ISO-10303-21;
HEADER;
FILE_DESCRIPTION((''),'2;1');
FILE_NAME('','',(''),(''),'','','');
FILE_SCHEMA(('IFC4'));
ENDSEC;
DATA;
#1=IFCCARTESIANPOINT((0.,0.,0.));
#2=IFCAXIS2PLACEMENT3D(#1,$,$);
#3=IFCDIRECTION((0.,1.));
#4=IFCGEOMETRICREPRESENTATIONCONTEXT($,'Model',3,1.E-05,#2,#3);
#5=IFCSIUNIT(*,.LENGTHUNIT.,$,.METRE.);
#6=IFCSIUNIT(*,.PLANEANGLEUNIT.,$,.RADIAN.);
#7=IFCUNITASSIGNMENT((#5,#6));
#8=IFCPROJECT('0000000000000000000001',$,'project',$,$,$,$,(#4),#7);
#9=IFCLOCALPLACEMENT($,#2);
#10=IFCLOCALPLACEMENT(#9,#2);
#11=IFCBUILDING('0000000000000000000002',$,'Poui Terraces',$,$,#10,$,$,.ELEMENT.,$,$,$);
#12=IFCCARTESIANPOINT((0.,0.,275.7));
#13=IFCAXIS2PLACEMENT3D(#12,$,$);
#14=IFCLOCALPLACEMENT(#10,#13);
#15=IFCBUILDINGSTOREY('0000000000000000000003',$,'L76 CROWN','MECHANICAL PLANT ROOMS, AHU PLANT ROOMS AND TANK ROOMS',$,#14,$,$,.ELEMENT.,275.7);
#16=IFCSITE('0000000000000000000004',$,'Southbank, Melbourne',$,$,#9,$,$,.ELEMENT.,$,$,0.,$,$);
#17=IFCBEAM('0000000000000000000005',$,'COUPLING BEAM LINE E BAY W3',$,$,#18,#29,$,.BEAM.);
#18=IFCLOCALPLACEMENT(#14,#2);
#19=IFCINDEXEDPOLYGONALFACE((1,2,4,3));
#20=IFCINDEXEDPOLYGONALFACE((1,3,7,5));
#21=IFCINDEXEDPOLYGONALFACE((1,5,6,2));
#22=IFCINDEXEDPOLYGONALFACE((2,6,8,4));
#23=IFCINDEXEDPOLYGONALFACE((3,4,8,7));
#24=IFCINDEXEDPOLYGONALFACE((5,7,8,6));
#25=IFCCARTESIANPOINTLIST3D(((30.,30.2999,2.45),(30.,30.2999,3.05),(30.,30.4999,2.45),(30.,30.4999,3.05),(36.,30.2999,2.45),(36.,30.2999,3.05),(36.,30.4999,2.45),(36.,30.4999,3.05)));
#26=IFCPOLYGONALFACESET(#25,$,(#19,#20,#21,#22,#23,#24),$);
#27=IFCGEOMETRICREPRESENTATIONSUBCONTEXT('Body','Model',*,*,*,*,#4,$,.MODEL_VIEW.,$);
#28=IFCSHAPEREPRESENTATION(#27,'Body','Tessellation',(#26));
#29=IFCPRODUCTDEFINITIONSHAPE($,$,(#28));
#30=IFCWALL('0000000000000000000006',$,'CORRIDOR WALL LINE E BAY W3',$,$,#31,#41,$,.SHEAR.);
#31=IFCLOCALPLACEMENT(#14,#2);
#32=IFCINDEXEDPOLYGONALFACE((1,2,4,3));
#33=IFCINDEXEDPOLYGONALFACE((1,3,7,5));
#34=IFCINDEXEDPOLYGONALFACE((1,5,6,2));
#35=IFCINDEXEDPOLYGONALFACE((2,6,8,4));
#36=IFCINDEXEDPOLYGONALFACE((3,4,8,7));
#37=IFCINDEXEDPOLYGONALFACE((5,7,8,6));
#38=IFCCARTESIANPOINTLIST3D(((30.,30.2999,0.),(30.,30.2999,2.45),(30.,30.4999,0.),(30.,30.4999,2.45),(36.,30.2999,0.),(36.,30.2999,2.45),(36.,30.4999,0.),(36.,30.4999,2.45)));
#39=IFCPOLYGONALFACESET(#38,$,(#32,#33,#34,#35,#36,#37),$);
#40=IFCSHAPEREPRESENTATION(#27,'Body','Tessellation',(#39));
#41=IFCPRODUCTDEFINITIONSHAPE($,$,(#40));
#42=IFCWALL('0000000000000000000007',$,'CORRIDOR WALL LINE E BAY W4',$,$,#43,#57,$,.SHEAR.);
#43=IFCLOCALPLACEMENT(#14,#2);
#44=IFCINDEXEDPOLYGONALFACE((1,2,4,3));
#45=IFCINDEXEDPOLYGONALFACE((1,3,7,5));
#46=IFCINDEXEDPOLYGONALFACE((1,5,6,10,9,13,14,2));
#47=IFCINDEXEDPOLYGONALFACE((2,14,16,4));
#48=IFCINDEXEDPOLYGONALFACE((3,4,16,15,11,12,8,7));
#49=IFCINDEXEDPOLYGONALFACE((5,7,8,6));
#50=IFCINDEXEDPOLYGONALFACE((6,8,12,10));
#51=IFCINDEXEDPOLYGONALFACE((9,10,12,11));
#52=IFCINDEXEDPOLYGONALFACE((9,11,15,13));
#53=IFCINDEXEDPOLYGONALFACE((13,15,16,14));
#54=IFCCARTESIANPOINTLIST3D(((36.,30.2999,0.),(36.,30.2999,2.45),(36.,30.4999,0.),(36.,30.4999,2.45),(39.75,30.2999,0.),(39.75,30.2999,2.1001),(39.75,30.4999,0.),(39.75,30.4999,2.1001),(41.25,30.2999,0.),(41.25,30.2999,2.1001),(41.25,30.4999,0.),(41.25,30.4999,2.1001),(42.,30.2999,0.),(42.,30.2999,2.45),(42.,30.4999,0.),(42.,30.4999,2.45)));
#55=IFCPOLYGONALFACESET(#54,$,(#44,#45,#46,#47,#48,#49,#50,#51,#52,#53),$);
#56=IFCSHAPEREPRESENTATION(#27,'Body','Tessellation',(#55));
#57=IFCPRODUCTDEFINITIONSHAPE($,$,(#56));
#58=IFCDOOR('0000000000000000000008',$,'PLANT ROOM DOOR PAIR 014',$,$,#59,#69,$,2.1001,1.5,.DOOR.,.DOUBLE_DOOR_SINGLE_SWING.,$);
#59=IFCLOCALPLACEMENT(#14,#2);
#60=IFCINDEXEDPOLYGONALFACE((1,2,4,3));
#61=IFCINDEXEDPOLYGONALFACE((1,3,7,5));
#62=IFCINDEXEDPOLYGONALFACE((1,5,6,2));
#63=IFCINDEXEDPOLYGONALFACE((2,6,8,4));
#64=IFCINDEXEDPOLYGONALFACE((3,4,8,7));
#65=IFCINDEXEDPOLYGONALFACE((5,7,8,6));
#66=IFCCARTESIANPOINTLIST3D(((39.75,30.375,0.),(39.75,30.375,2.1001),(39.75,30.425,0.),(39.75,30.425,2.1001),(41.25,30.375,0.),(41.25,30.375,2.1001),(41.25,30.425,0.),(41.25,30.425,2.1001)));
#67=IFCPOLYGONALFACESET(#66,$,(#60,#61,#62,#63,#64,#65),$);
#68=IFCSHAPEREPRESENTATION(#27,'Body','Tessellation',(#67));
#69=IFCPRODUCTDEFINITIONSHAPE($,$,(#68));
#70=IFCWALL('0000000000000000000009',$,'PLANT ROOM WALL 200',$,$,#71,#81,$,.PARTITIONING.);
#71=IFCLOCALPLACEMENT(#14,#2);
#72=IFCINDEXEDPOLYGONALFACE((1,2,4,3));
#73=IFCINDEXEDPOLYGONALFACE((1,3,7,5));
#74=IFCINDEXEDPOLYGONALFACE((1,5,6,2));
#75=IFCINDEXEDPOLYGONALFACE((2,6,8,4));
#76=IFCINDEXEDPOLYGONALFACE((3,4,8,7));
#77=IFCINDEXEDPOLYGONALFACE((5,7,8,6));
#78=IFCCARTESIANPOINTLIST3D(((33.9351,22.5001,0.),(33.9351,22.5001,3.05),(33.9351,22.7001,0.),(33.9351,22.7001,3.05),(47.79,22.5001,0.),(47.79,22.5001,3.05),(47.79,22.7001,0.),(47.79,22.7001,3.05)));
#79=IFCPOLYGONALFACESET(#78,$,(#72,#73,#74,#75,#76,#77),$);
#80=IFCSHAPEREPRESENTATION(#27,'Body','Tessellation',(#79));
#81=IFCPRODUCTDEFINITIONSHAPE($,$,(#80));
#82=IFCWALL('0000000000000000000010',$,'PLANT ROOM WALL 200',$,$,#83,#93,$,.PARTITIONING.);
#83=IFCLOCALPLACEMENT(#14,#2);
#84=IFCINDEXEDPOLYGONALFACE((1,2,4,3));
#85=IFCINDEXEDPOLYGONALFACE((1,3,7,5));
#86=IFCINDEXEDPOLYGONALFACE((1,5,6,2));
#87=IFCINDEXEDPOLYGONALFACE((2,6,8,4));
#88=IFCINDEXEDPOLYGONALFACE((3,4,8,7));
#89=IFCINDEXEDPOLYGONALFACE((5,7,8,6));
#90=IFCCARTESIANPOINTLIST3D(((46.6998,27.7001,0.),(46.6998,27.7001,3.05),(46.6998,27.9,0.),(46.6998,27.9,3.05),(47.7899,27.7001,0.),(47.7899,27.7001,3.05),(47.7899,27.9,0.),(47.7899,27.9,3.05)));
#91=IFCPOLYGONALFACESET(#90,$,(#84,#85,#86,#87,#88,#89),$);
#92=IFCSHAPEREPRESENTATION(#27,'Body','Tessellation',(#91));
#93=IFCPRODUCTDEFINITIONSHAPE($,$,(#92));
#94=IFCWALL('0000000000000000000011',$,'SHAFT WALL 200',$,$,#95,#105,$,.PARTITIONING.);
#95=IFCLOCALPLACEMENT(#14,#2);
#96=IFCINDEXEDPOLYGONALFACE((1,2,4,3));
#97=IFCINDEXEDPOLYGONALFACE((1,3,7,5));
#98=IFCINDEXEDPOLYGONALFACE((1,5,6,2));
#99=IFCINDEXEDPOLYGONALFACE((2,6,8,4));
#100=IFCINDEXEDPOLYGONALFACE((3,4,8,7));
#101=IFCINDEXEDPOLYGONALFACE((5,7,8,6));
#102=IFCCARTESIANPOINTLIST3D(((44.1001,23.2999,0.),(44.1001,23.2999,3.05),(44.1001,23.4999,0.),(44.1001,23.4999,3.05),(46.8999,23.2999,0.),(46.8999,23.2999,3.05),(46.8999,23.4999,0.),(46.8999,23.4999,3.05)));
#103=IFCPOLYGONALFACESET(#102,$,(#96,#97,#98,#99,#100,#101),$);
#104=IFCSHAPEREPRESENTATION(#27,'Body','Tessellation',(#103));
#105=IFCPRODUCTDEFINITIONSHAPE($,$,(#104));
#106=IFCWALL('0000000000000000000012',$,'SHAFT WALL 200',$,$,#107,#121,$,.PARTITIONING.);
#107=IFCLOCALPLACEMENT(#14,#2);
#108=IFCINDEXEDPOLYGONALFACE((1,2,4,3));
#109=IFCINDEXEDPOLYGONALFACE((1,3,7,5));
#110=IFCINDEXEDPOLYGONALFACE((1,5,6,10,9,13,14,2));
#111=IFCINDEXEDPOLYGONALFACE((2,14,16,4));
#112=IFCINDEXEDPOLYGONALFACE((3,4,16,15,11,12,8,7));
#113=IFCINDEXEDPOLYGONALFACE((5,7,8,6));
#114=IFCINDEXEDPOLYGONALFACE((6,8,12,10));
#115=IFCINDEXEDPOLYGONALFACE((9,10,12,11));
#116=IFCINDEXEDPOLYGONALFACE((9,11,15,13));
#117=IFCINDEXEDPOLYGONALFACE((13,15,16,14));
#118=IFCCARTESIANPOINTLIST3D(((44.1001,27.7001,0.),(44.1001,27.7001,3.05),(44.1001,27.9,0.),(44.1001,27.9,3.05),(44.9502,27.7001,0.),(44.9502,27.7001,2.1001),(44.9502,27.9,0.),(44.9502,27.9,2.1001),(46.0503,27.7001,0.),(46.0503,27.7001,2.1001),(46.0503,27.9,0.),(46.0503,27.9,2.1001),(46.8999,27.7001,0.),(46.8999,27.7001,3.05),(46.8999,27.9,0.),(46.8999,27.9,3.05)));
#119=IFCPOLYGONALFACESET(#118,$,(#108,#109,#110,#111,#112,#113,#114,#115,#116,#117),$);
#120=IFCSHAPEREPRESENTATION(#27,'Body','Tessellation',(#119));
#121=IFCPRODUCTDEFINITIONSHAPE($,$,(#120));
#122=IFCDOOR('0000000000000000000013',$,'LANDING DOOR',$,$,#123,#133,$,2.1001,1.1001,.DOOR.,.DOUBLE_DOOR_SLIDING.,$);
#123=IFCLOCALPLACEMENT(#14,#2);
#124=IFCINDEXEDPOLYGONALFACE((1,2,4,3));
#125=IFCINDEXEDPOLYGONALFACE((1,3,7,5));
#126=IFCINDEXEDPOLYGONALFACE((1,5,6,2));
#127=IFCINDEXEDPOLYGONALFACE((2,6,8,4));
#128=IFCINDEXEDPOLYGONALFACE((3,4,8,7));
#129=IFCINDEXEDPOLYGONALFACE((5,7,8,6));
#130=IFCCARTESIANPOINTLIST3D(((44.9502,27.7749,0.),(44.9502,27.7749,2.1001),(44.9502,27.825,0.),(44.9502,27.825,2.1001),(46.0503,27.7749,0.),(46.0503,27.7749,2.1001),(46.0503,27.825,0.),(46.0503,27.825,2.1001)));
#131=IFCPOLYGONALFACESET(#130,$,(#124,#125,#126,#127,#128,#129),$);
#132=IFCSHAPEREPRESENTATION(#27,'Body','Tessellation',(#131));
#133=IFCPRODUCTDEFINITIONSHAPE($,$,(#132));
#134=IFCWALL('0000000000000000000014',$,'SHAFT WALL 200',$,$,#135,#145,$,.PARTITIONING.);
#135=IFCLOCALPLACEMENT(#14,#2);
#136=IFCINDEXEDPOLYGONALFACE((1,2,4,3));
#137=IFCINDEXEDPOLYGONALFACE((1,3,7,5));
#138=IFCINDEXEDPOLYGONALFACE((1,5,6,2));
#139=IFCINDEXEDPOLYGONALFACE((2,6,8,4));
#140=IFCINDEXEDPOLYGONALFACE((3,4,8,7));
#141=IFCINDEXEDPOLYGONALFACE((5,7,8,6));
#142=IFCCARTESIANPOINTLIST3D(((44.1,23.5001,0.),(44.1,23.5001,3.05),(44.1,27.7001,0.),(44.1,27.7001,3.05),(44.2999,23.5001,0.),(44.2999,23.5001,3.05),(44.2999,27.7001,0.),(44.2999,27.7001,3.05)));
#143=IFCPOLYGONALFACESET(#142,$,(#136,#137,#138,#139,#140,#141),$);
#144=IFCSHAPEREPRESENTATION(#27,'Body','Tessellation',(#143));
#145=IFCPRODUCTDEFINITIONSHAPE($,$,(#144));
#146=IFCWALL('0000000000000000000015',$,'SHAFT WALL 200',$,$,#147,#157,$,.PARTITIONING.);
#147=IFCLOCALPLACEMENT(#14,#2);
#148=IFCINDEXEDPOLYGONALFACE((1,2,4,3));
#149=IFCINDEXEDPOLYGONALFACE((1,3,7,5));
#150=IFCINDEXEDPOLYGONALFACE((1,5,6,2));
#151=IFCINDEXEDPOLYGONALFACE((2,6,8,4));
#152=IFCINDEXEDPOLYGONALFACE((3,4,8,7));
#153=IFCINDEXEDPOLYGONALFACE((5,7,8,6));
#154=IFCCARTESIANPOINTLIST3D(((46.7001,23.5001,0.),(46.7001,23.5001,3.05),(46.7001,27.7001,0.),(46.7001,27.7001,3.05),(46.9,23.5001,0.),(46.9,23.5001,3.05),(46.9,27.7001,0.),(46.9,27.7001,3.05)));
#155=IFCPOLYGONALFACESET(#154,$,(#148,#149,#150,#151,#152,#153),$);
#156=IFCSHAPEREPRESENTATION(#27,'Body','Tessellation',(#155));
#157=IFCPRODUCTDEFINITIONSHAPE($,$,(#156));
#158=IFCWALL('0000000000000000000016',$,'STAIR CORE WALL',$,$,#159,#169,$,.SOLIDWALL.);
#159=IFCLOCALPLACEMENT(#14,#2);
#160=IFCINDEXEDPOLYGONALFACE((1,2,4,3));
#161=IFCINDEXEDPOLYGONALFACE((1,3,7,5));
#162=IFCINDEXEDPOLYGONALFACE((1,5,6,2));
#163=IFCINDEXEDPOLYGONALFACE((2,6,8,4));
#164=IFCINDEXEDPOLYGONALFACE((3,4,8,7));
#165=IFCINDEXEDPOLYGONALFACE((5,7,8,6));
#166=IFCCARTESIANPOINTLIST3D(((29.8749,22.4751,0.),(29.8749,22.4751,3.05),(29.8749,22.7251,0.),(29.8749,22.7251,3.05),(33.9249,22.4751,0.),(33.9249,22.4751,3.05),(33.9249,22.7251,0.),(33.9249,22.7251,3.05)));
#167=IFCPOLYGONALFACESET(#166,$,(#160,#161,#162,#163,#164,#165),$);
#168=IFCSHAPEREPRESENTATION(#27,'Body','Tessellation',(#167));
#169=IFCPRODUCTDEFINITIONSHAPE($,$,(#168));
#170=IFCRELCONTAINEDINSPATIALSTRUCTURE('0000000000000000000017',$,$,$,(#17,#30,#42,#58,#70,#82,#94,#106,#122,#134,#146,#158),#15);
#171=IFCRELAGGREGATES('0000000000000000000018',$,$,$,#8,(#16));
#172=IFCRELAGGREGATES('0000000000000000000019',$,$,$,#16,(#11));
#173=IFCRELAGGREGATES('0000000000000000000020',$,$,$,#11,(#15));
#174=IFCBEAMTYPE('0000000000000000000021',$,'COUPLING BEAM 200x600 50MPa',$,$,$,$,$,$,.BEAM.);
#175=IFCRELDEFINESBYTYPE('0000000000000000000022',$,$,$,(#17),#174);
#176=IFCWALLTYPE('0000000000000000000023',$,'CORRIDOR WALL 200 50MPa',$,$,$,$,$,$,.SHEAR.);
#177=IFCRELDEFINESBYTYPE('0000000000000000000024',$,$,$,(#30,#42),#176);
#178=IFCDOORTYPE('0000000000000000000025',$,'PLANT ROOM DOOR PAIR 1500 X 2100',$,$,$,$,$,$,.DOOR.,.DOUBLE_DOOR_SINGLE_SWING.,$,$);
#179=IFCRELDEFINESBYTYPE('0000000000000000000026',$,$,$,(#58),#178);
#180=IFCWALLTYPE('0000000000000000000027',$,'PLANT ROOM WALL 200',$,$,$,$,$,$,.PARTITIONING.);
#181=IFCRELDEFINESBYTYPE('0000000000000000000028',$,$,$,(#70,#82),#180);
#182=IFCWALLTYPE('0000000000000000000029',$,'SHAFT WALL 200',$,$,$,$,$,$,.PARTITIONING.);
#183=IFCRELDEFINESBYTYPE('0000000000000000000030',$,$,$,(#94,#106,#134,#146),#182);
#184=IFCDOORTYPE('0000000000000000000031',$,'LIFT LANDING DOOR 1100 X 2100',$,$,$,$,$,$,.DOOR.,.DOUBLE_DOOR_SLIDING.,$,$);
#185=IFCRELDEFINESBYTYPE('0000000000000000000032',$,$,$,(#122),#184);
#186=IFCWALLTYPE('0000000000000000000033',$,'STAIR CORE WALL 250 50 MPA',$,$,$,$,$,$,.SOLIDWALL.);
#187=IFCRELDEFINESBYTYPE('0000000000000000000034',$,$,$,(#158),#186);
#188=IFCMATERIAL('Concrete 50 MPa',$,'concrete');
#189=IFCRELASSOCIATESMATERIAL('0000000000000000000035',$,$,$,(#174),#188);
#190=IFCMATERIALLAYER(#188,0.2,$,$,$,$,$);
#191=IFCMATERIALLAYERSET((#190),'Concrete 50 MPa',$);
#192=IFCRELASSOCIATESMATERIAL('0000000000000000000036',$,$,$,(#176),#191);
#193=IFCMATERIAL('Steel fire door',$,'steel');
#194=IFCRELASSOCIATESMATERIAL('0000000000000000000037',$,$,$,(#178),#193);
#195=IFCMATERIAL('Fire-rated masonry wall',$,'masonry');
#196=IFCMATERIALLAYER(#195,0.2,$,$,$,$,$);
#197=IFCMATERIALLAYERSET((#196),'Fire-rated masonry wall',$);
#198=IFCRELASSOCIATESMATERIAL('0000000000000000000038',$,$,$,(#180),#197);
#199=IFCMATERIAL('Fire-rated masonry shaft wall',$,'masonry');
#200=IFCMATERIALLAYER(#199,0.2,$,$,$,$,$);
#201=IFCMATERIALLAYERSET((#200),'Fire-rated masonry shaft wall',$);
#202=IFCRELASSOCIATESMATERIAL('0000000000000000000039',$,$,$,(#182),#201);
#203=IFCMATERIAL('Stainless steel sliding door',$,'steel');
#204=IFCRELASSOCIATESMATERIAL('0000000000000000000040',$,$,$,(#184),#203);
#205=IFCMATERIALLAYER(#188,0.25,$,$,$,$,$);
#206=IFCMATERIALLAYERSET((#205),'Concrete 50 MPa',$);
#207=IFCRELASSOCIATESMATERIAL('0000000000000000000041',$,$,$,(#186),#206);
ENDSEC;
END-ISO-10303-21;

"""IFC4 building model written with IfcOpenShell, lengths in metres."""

from ifc_helpers import new_model, si_unit, direction, frame, frame_2d, origin, origin_2d, place, context, subcontext, project, spatial, rectangle, extrude, source, transform, mapped, material, layer, layer_set, material_profile, profile_set, type_object, element, fill, save


model = new_model("IFC4")

# Units and contexts
model_context = context("Model", 3, precision=1e-05, world=origin(), true_north=direction((0.0, 1.0)))
body_context = subcontext(model_context, "Body", "Model", "MODEL_VIEW")
ifc_project = project(units=[si_unit("LENGTHUNIT", "METRE"), si_unit("PLANEANGLEUNIT", "RADIAN")], contexts=[model_context])

# Site, building, storey
site_placement = place(None, origin())
site = spatial("IfcSite", under=ifc_project, at=site_placement, Name="Southbank, Melbourne", CompositionType="ELEMENT", RefElevation=0.0)
building_placement = place(site_placement, origin())
building = spatial("IfcBuilding", under=site, at=building_placement, Name="Poui Terraces", CompositionType="ELEMENT")
storey_placement = place(building_placement, frame((0.0, 0.0, 275.7)))
storey = spatial("IfcBuildingStorey", under=building, at=storey_placement, Name="L76 CROWN", Description="MECHANICAL PLANT ROOMS, AHU PLANT ROOMS AND TANK ROOMS", CompositionType="ELEMENT", Elevation=275.7)

# Beam
ifc_material_1 = material(Name="Concrete 50 MPa", Category="concrete")
ifc_material_profile_1 = material_profile(ifc_material_1, rectangle(XDim=0.2, YDim=0.6001, at=origin_2d()), Name="RC 200x600")
ifc_profile_set_1 = profile_set([ifc_material_profile_1], Name="Concrete 50 MPa")
beam_type = type_object("IfcBeamType", Name="COUPLING BEAM 200x600 50MPa", PredefinedType="BEAM", material=ifc_profile_set_1)
shared_shape_1 = source(origin(), body_context, "Body", "SweptSolid", [
    extrude(rectangle(XDim=0.2, YDim=0.6001, at=origin_2d()), origin(), (0.0, 0.0, 1.0), 6.0),
])
beam_placement = place(storey_placement, frame((30.0, 30.3999, 2.75), z_axis=(1.0, 0.0, 0.0), x_axis=(0.0, 1.0, 0.0)))
element("IfcBeam", 1, at=beam_placement, inside=storey, type_object=beam_type, Name="COUPLING BEAM LINE E BAY W3", PredefinedType="BEAM", context=body_context, shape_type="MappedRepresentation", body=[
    mapped(shared_shape_1, transform((0.0, 0.0, 0.0))),
])

# Wall
ifc_layer_1 = layer(ifc_material_1, 0.2)
ifc_layer_set_1 = layer_set([ifc_layer_1], Name="Concrete 50 MPa")
wall_type_1 = type_object("IfcWallType", Name="CORRIDOR WALL 200 50MPa", PredefinedType="SHEAR", material=ifc_layer_set_1)
wall_1_placement = place(storey_placement, frame((30.0, 30.3999, 0.0), z_axis=(0.0, 0.0, 1.0), x_axis=(1.0, 0.0, 0.0)))
element("IfcWall", 2, at=wall_1_placement, inside=storey, type_object=wall_type_1, Name="CORRIDOR WALL LINE E BAY W3", PredefinedType="SHEAR", context=body_context, shape_type="SweptSolid", body=[
    extrude(rectangle(XDim=6.0, YDim=0.2, at=frame_2d((3.0, 0.0))), origin(), (0.0, 0.0, 1.0), 2.45),
])

# Wall, opening, door
wall_2_placement = place(storey_placement, frame((36.0, 30.3999, 0.0), z_axis=(0.0, 0.0, 1.0), x_axis=(1.0, 0.0, 0.0)))
wall_2 = element("IfcWall", 3, at=wall_2_placement, inside=storey, type_object=wall_type_1, Name="CORRIDOR WALL LINE E BAY W4", PredefinedType="SHEAR", context=body_context, shape_type="SweptSolid", body=[
    extrude(rectangle(XDim=6.0, YDim=0.2, at=frame_2d((3.0, 0.0))), origin(), (0.0, 0.0, 1.0), 2.45),
])
opening_1_placement = place(wall_2_placement, frame((3.75, 0.0, 0.0)))
opening_1 = element("IfcOpeningElement", 4, at=opening_1_placement, cuts=wall_2, PredefinedType="OPENING", context=body_context, shape_type="SweptSolid", body=[
    extrude(rectangle(XDim=1.5, YDim=2.1001, at=frame_2d((0.75, 1.05))), frame((0.0, 0.1099, 0.0), z_axis=(0.0, -1.0, 0.0), x_axis=(1.0, 0.0, 0.0)), (0.0, 0.0, 1.0), 0.22),
])
ifc_material_2 = material(Name="Steel fire door", Category="steel")
door_type_1 = type_object("IfcDoorType", Name="PLANT ROOM DOOR PAIR 1500 X 2100", OperationType="DOUBLE_DOOR_SINGLE_SWING", PredefinedType="DOOR", material=ifc_material_2)
door_1_placement = place(opening_1_placement, frame((1.5, 0.0, 0.0), z_axis=(0.0, 0.0, 1.0), x_axis=(-1.0, 0.0, 0.0)))
door_1 = element("IfcDoor", 5, at=door_1_placement, inside=storey, type_object=door_type_1, Name="PLANT ROOM DOOR PAIR 014", OperationType="DOUBLE_DOOR_SINGLE_SWING", OverallHeight=2.1001, OverallWidth=1.5, PredefinedType="DOOR", context=body_context, shape_type="SweptSolid", body=[
    extrude(rectangle(XDim=1.5, YDim=2.1001, at=frame_2d((0.75, 1.05))), frame((0.0, 0.0249, 0.0), z_axis=(0.0, -1.0, 0.0), x_axis=(1.0, 0.0, 0.0)), (0.0, 0.0, 1.0), 0.05),
])
fill(opening_1, door_1)

# Walls
ifc_material_3 = material(Name="Fire-rated masonry wall", Category="masonry")
ifc_layer_2 = layer(ifc_material_3, 0.2)
ifc_layer_set_2 = layer_set([ifc_layer_2], Name="Fire-rated masonry wall")
wall_type_2 = type_object("IfcWallType", Name="PLANT ROOM WALL 200", PredefinedType="PARTITIONING", material=ifc_layer_set_2)
wall_3_placement = place(storey_placement, frame((33.9351, 22.6001, 0.0), z_axis=(0.0, 0.0, 1.0), x_axis=(1.0, 0.0, 0.0)))
element("IfcWall", 6, at=wall_3_placement, inside=storey, type_object=wall_type_2, Name="PLANT ROOM WALL 200", PredefinedType="PARTITIONING", context=body_context, shape_type="SweptSolid", body=[
    extrude(rectangle(XDim=13.855, YDim=0.2, at=frame_2d((6.9275, 0.0))), origin(), (0.0, 0.0, 1.0), 3.05),
])
wall_4_placement = place(storey_placement, frame((46.7, 27.8, 0.0), z_axis=(0.0, 0.0, 1.0), x_axis=(1.0, 0.0, 0.0)))
element("IfcWall", 7, at=wall_4_placement, inside=storey, type_object=wall_type_2, Name="PLANT ROOM WALL 200", PredefinedType="PARTITIONING", context=body_context, shape_type="SweptSolid", body=[
    extrude(rectangle(XDim=1.0901, YDim=0.2, at=frame_2d((0.5449, 0.0))), origin(), (0.0, 0.0, 1.0), 3.05),
])
ifc_material_4 = material(Name="Fire-rated masonry shaft wall", Category="masonry")
ifc_layer_3 = layer(ifc_material_4, 0.2)
ifc_layer_set_3 = layer_set([ifc_layer_3], Name="Fire-rated masonry shaft wall")
wall_type_3 = type_object("IfcWallType", Name="SHAFT WALL 200", PredefinedType="PARTITIONING", material=ifc_layer_set_3)
wall_5_placement = place(storey_placement, frame((44.1001, 23.3999, 0.0), z_axis=(0.0, 0.0, 1.0), x_axis=(1.0, 0.0, 0.0)))
element("IfcWall", 8, at=wall_5_placement, inside=storey, type_object=wall_type_3, Name="SHAFT WALL 200", PredefinedType="PARTITIONING", context=body_context, shape_type="SweptSolid", body=[
    extrude(rectangle(XDim=2.7998, YDim=0.2, at=frame_2d((1.3999, 0.0))), origin(), (0.0, 0.0, 1.0), 3.05),
])

# Wall, opening, door
wall_6_placement = place(storey_placement, frame((44.1001, 27.8, 0.0), z_axis=(0.0, 0.0, 1.0), x_axis=(1.0, 0.0, 0.0)))
wall_6 = element("IfcWall", 9, at=wall_6_placement, inside=storey, type_object=wall_type_3, Name="SHAFT WALL 200", PredefinedType="PARTITIONING", context=body_context, shape_type="SweptSolid", body=[
    extrude(rectangle(XDim=2.7998, YDim=0.2, at=frame_2d((1.3999, 0.0))), origin(), (0.0, 0.0, 1.0), 3.05),
])
opening_2_placement = place(wall_6_placement, frame((0.8501, 0.0, 0.0)))
opening_2 = element("IfcOpeningElement", 10, at=opening_2_placement, cuts=wall_6, PredefinedType="OPENING", context=body_context, shape_type="SweptSolid", body=[
    extrude(rectangle(XDim=1.1001, YDim=2.1001, at=frame_2d((0.55, 1.05))), frame((0.0, 0.1099, 0.0), z_axis=(0.0, -1.0, 0.0), x_axis=(1.0, 0.0, 0.0)), (0.0, 0.0, 1.0), 0.22),
])
ifc_material_5 = material(Name="Stainless steel sliding door", Category="steel")
door_type_2 = type_object("IfcDoorType", Name="LIFT LANDING DOOR 1100 X 2100", OperationType="DOUBLE_DOOR_SLIDING", PredefinedType="DOOR", material=ifc_material_5)
door_2_placement = place(opening_2_placement, origin())
door_2 = element("IfcDoor", 11, at=door_2_placement, inside=storey, type_object=door_type_2, Name="LANDING DOOR", OperationType="DOUBLE_DOOR_SLIDING", OverallHeight=2.1001, OverallWidth=1.1001, PredefinedType="DOOR", context=body_context, shape_type="SweptSolid", body=[
    extrude(rectangle(XDim=1.1001, YDim=2.1001, at=frame_2d((0.55, 1.05))), frame((0.0, 0.0249, 0.0), z_axis=(0.0, -1.0, 0.0), x_axis=(1.0, 0.0, 0.0)), (0.0, 0.0, 1.0), 0.05),
])
fill(opening_2, door_2)

# Walls
for number, where, z_axis, x_axis, name in (
    (12, (44.2, 23.5, 0.0), (0.0, 0.0, 1.0), (0.0, 1.0, 0.0), "SHAFT WALL 200"),
    (13, (46.8, 23.5, 0.0), (0.0, 0.0, 1.0), (0.0, 1.0, 0.0), "SHAFT WALL 200"),
):
    element("IfcWall", number, at=place(storey_placement, frame(where, z_axis=z_axis, x_axis=x_axis)), inside=storey, type_object=wall_type_3, Name=name, PredefinedType="PARTITIONING", context=body_context, shape_type="SweptSolid", body=[
        extrude(rectangle(XDim=4.2, YDim=0.2, at=frame_2d((2.1001, 0.0))), origin(), (0.0, 0.0, 1.0), 3.05),
    ])
ifc_layer_4 = layer(ifc_material_1, 0.25)
ifc_layer_set_4 = layer_set([ifc_layer_4], Name="Concrete 50 MPa")
wall_type_4 = type_object("IfcWallType", Name="STAIR CORE WALL 250 50 MPA", PredefinedType="SOLIDWALL", material=ifc_layer_set_4)
wall_7_placement = place(storey_placement, frame((29.875, 22.6001, 0.0), z_axis=(0.0, 0.0, 1.0), x_axis=(1.0, 0.0, 0.0)))
element("IfcWall", 14, at=wall_7_placement, inside=storey, type_object=wall_type_4, Name="STAIR CORE WALL", PredefinedType="SOLIDWALL", context=body_context, shape_type="SweptSolid", body=[
    extrude(rectangle(XDim=4.05, YDim=0.25, at=frame_2d((2.0249, 0.0))), origin(), (0.0, 0.0, 1.0), 3.05),
])

save(model, "model.ifc")
